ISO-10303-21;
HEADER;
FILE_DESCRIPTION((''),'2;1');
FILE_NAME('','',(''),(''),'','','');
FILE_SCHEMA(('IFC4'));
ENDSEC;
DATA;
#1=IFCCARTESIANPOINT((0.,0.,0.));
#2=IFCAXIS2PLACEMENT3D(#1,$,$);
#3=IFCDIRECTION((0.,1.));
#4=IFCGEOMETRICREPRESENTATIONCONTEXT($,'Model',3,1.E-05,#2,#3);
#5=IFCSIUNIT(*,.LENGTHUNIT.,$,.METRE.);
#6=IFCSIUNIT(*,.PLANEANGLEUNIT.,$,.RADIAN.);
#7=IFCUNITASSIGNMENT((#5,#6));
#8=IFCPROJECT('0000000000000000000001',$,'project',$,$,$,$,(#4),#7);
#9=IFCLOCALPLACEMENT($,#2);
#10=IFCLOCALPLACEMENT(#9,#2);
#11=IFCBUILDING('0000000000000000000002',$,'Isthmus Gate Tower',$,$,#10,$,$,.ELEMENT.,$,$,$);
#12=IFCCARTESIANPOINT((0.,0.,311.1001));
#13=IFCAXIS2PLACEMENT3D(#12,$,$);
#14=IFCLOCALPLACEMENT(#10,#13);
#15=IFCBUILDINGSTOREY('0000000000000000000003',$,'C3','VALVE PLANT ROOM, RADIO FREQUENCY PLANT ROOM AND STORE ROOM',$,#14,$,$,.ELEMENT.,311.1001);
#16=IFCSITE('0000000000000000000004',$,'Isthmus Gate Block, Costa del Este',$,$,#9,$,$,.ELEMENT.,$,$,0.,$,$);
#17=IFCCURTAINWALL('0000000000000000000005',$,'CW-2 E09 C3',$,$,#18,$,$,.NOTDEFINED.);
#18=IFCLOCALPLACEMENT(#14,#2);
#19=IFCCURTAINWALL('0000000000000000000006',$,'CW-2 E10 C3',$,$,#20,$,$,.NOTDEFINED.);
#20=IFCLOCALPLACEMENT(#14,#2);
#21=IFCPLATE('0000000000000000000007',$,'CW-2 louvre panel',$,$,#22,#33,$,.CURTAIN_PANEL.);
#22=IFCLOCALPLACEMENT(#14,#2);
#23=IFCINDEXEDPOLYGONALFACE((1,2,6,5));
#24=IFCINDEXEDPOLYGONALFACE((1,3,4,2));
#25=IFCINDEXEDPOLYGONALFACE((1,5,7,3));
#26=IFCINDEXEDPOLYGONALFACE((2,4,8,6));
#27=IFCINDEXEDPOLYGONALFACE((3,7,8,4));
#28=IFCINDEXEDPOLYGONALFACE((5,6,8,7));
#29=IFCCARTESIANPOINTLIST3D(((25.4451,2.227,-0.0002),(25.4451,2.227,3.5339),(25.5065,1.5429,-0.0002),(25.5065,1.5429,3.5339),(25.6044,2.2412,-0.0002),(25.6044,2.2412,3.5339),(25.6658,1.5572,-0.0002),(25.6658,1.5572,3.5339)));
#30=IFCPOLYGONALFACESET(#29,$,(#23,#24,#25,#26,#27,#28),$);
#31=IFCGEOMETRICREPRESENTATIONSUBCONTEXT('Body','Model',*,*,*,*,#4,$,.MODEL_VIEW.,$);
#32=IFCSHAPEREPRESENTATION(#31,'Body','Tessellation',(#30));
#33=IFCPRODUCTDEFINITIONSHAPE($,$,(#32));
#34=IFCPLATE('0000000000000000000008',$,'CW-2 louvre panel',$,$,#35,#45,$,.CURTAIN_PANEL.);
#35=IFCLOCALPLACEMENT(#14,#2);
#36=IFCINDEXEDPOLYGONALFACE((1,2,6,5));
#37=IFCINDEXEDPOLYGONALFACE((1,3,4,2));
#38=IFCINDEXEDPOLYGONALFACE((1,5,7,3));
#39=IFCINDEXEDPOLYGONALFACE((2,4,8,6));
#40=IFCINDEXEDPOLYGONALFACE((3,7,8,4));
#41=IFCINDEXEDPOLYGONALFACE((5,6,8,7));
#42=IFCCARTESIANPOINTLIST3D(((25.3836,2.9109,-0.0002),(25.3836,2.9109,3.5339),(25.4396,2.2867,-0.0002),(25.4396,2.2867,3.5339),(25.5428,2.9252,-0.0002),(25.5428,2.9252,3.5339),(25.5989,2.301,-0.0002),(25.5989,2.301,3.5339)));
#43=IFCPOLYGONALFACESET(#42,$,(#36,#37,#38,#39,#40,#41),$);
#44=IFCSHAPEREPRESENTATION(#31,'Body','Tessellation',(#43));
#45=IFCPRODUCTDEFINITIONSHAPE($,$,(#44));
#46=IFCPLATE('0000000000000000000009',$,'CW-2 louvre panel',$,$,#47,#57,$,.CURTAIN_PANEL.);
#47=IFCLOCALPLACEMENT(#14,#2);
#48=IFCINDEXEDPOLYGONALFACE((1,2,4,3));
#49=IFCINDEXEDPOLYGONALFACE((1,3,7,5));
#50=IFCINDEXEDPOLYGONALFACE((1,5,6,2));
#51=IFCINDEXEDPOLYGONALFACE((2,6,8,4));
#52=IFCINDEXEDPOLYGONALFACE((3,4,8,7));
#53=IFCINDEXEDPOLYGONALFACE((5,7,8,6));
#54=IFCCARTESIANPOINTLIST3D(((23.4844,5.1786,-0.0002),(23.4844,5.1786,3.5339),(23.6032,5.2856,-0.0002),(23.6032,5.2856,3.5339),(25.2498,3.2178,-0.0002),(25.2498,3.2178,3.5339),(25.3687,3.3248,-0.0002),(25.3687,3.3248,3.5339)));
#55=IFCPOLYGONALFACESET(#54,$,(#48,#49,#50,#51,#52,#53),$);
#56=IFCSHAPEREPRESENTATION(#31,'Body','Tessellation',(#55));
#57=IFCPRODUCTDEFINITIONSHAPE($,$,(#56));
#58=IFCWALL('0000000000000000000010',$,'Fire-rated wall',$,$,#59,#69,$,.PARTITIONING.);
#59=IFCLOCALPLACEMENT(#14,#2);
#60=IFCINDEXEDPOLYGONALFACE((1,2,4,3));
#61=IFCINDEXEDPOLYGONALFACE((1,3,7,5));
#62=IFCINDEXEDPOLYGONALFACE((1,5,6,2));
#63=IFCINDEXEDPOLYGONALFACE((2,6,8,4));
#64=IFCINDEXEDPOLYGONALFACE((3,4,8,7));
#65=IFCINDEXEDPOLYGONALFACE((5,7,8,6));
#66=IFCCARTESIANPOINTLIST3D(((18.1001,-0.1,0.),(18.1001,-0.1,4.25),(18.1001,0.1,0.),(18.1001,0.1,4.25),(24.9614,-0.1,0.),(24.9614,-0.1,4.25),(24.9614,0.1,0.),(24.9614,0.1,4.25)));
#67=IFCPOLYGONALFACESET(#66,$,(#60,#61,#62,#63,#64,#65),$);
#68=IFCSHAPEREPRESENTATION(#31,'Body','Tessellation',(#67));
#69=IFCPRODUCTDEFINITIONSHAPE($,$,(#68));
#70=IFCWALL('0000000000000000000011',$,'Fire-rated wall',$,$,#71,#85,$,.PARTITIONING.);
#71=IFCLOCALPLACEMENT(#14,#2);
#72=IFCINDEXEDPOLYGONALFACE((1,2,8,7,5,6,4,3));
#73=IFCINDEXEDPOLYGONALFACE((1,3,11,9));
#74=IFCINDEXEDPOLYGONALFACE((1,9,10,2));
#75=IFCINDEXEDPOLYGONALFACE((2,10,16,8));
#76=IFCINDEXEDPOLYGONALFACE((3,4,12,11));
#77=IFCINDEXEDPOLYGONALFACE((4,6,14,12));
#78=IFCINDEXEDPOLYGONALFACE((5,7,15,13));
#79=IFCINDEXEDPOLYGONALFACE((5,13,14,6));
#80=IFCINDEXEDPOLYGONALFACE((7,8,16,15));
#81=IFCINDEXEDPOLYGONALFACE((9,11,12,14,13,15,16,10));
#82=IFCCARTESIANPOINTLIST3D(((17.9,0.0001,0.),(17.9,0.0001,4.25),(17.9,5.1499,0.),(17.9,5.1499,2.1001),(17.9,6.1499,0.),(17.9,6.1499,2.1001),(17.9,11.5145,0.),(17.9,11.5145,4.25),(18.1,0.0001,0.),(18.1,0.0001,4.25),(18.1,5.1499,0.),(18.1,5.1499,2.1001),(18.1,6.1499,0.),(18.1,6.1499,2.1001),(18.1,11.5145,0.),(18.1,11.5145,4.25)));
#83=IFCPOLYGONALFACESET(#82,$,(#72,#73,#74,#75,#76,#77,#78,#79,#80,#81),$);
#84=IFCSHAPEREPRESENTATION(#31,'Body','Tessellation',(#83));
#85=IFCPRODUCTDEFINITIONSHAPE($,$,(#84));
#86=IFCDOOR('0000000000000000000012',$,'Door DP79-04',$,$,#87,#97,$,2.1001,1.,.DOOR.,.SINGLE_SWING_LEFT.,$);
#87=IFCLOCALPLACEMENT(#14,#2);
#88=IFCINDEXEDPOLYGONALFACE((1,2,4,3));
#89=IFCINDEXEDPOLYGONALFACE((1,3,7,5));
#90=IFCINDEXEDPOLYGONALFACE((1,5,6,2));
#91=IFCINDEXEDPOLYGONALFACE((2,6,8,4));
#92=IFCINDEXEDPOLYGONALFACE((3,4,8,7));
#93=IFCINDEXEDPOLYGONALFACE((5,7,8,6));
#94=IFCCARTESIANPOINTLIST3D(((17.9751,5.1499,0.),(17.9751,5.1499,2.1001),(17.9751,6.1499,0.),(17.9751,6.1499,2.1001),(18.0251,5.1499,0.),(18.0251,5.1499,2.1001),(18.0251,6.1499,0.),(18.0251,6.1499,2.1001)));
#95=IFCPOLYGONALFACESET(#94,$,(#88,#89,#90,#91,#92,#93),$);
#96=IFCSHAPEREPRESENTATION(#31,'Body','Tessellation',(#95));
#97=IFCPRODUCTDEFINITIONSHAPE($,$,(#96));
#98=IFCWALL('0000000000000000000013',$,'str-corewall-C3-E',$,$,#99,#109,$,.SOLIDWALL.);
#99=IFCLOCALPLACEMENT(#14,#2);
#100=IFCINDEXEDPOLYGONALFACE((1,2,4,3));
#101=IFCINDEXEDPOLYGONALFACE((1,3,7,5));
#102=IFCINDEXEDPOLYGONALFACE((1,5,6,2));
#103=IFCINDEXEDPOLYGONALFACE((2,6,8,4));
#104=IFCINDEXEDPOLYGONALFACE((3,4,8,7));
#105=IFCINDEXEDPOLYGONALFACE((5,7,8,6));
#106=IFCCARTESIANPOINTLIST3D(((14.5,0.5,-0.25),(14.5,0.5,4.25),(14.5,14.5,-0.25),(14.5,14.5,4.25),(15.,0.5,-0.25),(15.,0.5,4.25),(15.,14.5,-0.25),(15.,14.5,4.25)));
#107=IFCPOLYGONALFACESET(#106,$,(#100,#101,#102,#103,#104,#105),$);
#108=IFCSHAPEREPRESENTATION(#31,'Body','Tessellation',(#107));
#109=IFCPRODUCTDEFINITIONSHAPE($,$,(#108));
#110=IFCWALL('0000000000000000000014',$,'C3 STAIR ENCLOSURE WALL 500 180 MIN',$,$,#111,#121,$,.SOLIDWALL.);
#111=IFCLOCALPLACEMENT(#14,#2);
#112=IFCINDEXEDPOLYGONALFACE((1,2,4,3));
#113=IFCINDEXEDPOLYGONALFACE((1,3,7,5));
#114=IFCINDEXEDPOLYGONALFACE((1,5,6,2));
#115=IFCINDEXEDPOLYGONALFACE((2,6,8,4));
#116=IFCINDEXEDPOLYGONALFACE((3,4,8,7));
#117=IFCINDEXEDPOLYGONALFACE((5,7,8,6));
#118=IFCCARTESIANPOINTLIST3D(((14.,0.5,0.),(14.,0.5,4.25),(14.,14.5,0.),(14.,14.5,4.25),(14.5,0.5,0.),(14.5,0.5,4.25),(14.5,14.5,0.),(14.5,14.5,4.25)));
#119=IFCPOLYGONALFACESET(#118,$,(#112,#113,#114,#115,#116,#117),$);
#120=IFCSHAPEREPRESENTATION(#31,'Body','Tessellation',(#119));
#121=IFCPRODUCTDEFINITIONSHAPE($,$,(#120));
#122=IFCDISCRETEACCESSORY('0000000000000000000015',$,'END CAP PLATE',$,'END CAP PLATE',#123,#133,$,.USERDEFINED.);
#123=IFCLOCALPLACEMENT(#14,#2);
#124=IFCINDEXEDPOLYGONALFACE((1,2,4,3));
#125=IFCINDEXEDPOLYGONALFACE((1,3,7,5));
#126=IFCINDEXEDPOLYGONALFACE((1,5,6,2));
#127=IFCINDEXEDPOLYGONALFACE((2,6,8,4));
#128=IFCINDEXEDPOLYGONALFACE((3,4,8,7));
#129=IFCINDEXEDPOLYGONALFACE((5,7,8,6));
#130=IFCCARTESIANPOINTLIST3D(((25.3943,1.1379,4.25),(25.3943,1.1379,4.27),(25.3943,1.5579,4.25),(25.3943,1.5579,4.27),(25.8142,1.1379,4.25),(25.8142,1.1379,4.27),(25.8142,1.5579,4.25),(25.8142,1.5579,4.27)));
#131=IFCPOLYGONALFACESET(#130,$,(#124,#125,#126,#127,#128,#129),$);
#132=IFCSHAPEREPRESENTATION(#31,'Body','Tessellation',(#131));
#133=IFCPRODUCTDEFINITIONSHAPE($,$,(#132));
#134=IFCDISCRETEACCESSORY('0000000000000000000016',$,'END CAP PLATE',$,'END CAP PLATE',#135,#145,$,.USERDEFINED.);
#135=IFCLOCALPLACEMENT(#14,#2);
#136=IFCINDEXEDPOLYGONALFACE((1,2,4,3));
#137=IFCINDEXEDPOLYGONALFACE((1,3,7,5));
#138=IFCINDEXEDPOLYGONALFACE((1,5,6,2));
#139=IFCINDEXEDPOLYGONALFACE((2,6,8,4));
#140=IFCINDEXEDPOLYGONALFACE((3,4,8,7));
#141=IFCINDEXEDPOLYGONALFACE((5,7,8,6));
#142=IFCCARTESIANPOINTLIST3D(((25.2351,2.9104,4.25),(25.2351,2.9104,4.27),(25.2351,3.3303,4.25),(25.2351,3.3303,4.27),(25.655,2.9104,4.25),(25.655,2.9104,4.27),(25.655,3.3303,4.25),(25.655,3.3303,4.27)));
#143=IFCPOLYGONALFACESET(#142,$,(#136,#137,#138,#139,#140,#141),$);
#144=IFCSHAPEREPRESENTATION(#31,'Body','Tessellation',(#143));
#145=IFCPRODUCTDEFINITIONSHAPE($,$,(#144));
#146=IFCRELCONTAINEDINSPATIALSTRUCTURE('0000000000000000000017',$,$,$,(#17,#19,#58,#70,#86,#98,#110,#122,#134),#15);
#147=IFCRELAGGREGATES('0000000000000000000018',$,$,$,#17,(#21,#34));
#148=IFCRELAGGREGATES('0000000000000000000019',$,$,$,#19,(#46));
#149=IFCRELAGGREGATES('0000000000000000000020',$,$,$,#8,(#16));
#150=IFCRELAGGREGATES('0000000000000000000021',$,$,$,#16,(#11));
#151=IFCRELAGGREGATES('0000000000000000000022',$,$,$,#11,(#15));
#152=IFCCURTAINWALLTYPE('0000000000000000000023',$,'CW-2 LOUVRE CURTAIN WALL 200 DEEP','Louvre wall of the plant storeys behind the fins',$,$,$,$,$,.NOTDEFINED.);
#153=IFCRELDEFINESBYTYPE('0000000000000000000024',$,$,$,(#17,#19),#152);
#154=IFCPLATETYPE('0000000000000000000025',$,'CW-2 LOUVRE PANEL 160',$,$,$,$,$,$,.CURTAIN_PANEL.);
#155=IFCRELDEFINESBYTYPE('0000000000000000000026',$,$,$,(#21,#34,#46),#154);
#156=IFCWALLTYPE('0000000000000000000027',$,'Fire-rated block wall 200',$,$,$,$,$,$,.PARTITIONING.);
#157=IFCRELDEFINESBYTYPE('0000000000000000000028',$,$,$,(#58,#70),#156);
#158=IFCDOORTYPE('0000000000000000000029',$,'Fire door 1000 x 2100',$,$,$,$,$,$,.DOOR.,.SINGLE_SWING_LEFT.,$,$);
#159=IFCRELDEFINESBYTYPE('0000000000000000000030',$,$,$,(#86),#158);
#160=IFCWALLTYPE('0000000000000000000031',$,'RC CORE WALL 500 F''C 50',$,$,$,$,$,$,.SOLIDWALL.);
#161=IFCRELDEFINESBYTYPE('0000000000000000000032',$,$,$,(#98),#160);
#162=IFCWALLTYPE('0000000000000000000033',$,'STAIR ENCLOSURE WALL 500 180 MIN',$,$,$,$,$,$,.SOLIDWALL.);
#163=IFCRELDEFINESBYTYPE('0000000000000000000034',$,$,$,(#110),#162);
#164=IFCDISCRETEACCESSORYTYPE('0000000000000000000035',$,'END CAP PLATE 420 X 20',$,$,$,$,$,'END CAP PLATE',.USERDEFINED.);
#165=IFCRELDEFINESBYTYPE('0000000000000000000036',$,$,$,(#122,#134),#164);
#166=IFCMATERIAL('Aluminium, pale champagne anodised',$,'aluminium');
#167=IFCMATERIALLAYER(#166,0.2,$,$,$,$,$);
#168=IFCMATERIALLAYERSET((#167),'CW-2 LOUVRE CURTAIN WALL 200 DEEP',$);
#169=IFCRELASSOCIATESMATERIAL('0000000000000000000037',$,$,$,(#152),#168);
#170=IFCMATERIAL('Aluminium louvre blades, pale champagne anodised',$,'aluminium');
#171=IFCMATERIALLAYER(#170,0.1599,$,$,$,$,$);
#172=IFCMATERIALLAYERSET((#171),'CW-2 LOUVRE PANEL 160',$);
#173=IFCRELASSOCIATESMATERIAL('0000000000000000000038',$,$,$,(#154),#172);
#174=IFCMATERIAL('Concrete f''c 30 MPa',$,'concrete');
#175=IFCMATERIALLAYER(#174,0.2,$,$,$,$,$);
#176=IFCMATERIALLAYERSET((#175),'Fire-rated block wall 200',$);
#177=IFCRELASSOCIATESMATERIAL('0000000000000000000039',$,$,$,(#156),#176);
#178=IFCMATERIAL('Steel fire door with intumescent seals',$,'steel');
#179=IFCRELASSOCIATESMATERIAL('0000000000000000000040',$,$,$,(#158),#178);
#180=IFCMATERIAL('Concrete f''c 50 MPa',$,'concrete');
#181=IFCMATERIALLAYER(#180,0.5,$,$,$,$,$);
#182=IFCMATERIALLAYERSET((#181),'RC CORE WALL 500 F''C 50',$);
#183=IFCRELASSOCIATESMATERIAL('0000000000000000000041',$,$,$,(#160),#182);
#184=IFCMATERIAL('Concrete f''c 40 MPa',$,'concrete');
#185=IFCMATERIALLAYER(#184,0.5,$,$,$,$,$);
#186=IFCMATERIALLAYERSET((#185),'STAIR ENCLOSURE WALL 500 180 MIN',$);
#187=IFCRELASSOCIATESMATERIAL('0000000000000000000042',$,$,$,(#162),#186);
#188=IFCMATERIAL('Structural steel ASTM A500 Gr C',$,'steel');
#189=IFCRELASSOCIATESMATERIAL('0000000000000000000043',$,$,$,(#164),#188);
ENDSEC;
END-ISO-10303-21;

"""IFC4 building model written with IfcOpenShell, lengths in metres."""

from ifc_helpers import new_model, si_unit, direction, frame, frame_2d, origin, origin_2d, place, context, subcontext, project, spatial, rectangle, extrude, material, layer, layer_set, type_object, element, fill, aggregate, save


model = new_model("IFC4")

# Units and contexts
model_context = context("Model", 3, precision=1e-05, world=origin(), true_north=direction((0.0, 1.0)))
body_context = subcontext(model_context, "Body", "Model", "MODEL_VIEW")
ifc_project = project(units=[si_unit("LENGTHUNIT", "METRE"), si_unit("PLANEANGLEUNIT", "RADIAN")], contexts=[model_context])

# Site, building, storey
site_placement = place(None, origin())
site = spatial("IfcSite", under=ifc_project, at=site_placement, Name="Isthmus Gate Block, Costa del Este", CompositionType="ELEMENT", RefElevation=0.0)
building_placement = place(site_placement, origin())
building = spatial("IfcBuilding", under=site, at=building_placement, Name="Isthmus Gate Tower", CompositionType="ELEMENT")
storey_placement = place(building_placement, frame((0.0, 0.0, 311.1001)))
storey = spatial("IfcBuildingStorey", under=building, at=storey_placement, Name="C3", Description="VALVE PLANT ROOM, RADIO FREQUENCY PLANT ROOM AND STORE ROOM", CompositionType="ELEMENT", Elevation=311.1001)

# Curtain walls
ifc_material_1 = material(Name="Aluminium, pale champagne anodised", Category="aluminium")
ifc_layer_1 = layer(ifc_material_1, 0.2)
ifc_layer_set_1 = layer_set([ifc_layer_1], Name="CW-2 LOUVRE CURTAIN WALL 200 DEEP")
curtain_wall_type = type_object("IfcCurtainWallType", Name="CW-2 LOUVRE CURTAIN WALL 200 DEEP", Description="Louvre wall of the plant storeys behind the fins", PredefinedType="NOTDEFINED", material=ifc_layer_set_1)
curtain_wall_1_placement = place(storey_placement, origin())
curtain_wall_1 = element("IfcCurtainWall", 1, at=curtain_wall_1_placement, inside=storey, type_object=curtain_wall_type, Name="CW-2 E09 C3", PredefinedType="NOTDEFINED")
curtain_wall_2_placement = place(storey_placement, origin())
curtain_wall_2 = element("IfcCurtainWall", 2, at=curtain_wall_2_placement, inside=storey, type_object=curtain_wall_type, Name="CW-2 E10 C3", PredefinedType="NOTDEFINED")

# Shared definitions
ifc_material_2 = material(Name="Aluminium louvre blades, pale champagne anodised", Category="aluminium")
ifc_layer_2 = layer(ifc_material_2, 0.1599)
ifc_layer_set_2 = layer_set([ifc_layer_2], Name="CW-2 LOUVRE PANEL 160")
plate_type = type_object("IfcPlateType", Name="CW-2 LOUVRE PANEL 160", PredefinedType="CURTAIN_PANEL", material=ifc_layer_set_2)

# Plates
plate_1_placement = place(storey_placement, frame((25.5554, 1.8921, -0.0002), z_axis=(0.0, 0.0, 1.0), x_axis=(-0.089397, 0.995996, 0.0)))
plate_1 = element("IfcPlate", 3, at=plate_1_placement, type_object=plate_type, Name="CW-2 louvre panel", PredefinedType="CURTAIN_PANEL", context=body_context, shape_type="SweptSolid", body=[
    extrude(rectangle(XDim=0.6868, YDim=0.1599, at=origin_2d()), origin(), (0.0, 0.0, 1.0), 3.5342),
])
plate_2_placement = place(storey_placement, frame((25.4912, 2.606, -0.0002), z_axis=(0.0, 0.0, 1.0), x_axis=(-0.089397, 0.995996, 0.0)))
plate_2 = element("IfcPlate", 4, at=plate_2_placement, type_object=plate_type, Name="CW-2 louvre panel", PredefinedType="CURTAIN_PANEL", context=body_context, shape_type="SweptSolid", body=[
    extrude(rectangle(XDim=0.6267, YDim=0.1599, at=origin_2d()), origin(), (0.0, 0.0, 1.0), 3.5342),
])
aggregate(curtain_wall_1, [plate_1, plate_2])
plate_3_placement = place(storey_placement, frame((24.4265, 4.2517, -0.0002), z_axis=(0.0, 0.0, 1.0), x_axis=(-0.669131, 0.743145, 0.0)))
plate_3 = element("IfcPlate", 5, at=plate_3_placement, type_object=plate_type, Name="CW-2 louvre panel", PredefinedType="CURTAIN_PANEL", context=body_context, shape_type="SweptSolid", body=[
    extrude(rectangle(XDim=2.6384, YDim=0.1599, at=origin_2d()), origin(), (0.0, 0.0, 1.0), 3.5342),
])
aggregate(curtain_wall_2, [plate_3])

# Wall
ifc_material_3 = material(Name="Concrete f'c 30 MPa", Category="concrete")
ifc_layer_3 = layer(ifc_material_3, 0.2)
ifc_layer_set_3 = layer_set([ifc_layer_3], Name="Fire-rated block wall 200")
wall_type_1 = type_object("IfcWallType", Name="Fire-rated block wall 200", PredefinedType="PARTITIONING", material=ifc_layer_set_3)
wall_1_placement = place(storey_placement, frame((18.1001, 0.0, 0.0), z_axis=(0.0, 0.0, 1.0), x_axis=(1.0, 0.0, 0.0)))
element("IfcWall", 6, at=wall_1_placement, inside=storey, type_object=wall_type_1, Name="Fire-rated wall", PredefinedType="PARTITIONING", context=body_context, shape_type="SweptSolid", body=[
    extrude(rectangle(XDim=6.8613, YDim=0.2, at=frame_2d((3.4307, 0.0))), origin(), (0.0, 0.0, 1.0), 4.25),
])

# Wall, opening, door
wall_2_placement = place(storey_placement, frame((18.0, 0.0, 0.0), z_axis=(0.0, 0.0, 1.0), x_axis=(0.0, 1.0, 0.0)))
wall_2 = element("IfcWall", 7, at=wall_2_placement, inside=storey, type_object=wall_type_1, Name="Fire-rated wall", PredefinedType="PARTITIONING", context=body_context, shape_type="SweptSolid", body=[
    extrude(rectangle(XDim=11.5144, YDim=0.2, at=frame_2d((5.7573, 0.0))), origin(), (0.0, 0.0, 1.0), 4.25),
])
opening_placement = place(wall_2_placement, frame((5.1499, 0.0, 0.0)))
opening = element("IfcOpeningElement", 8, at=opening_placement, cuts=wall_2, PredefinedType="OPENING", context=body_context, shape_type="SweptSolid", body=[
    extrude(rectangle(XDim=1.0, YDim=2.1001, at=frame_2d((0.5, 1.05))), frame((0.0, 0.1099, 0.0), z_axis=(0.0, -1.0, 0.0), x_axis=(1.0, 0.0, 0.0)), (0.0, 0.0, 1.0), 0.22),
])
ifc_material_4 = material(Name="Steel fire door with intumescent seals", Category="steel")
door_type = type_object("IfcDoorType", Name="Fire door 1000 x 2100", OperationType="SINGLE_SWING_LEFT", PredefinedType="DOOR", material=ifc_material_4)
door_placement = place(opening_placement, origin())
door = element("IfcDoor", 9, at=door_placement, inside=storey, type_object=door_type, Name="Door DP79-04", OperationType="SINGLE_SWING_LEFT", OverallHeight=2.1001, OverallWidth=1.0, PredefinedType="DOOR", context=body_context, shape_type="SweptSolid", body=[
    extrude(rectangle(XDim=1.0, YDim=2.1001, at=frame_2d((0.5, 1.05))), frame((0.0, 0.0249, 0.0), z_axis=(0.0, -1.0, 0.0), x_axis=(1.0, 0.0, 0.0)), (0.0, 0.0, 1.0), 0.05),
])
fill(opening, door)

# Walls
ifc_material_5 = material(Name="Concrete f'c 50 MPa", Category="concrete")
ifc_layer_4 = layer(ifc_material_5, 0.5)
ifc_layer_set_4 = layer_set([ifc_layer_4], Name="RC CORE WALL 500 F'C 50")
wall_type_2 = type_object("IfcWallType", Name="RC CORE WALL 500 F'C 50", PredefinedType="SOLIDWALL", material=ifc_layer_set_4)
wall_3_placement = place(storey_placement, frame((14.75, 0.5, -0.25), z_axis=(0.0, 0.0, 1.0), x_axis=(0.0, 1.0, 0.0)))
element("IfcWall", 10, at=wall_3_placement, inside=storey, type_object=wall_type_2, Name="str-corewall-C3-E", PredefinedType="SOLIDWALL", context=body_context, shape_type="SweptSolid", body=[
    extrude(rectangle(XDim=14.0, YDim=0.5, at=frame_2d((7.0, 0.0))), origin(), (0.0, 0.0, 1.0), 4.5),
])
ifc_material_6 = material(Name="Concrete f'c 40 MPa", Category="concrete")
ifc_layer_5 = layer(ifc_material_6, 0.5)
ifc_layer_set_5 = layer_set([ifc_layer_5], Name="STAIR ENCLOSURE WALL 500 180 MIN")
wall_type_3 = type_object("IfcWallType", Name="STAIR ENCLOSURE WALL 500 180 MIN", PredefinedType="SOLIDWALL", material=ifc_layer_set_5)
wall_4_placement = place(storey_placement, frame((14.25, 0.5, 0.0), z_axis=(0.0, 0.0, 1.0), x_axis=(0.0, 1.0, 0.0)))
element("IfcWall", 11, at=wall_4_placement, inside=storey, type_object=wall_type_3, Name="C3 STAIR ENCLOSURE WALL 500 180 MIN", PredefinedType="SOLIDWALL", context=body_context, shape_type="SweptSolid", body=[
    extrude(rectangle(XDim=14.0, YDim=0.5, at=frame_2d((7.0, 0.0))), origin(), (0.0, 0.0, 1.0), 4.25),
])

# Discrete accessories
ifc_material_7 = material(Name="Structural steel ASTM A500 Gr C", Category="steel")
discrete_accessory_type = type_object("IfcDiscreteAccessoryType", Name="END CAP PLATE 420 X 20", ElementType="END CAP PLATE", PredefinedType="USERDEFINED", material=ifc_material_7)
for number, where, z_axis, x_axis, name in (
    (12, (25.6042, 1.3479, 4.25), (0.0, 0.0, 1.0), (1.0, 0.0, 0.0), "END CAP PLATE"),
    (13, (25.4451, 3.1204, 4.25), (0.0, 0.0, 1.0), (1.0, 0.0, 0.0), "END CAP PLATE"),
):
    element("IfcDiscreteAccessory", number, at=place(storey_placement, frame(where, z_axis=z_axis, x_axis=x_axis)), inside=storey, type_object=discrete_accessory_type, Name=name, ObjectType="END CAP PLATE", PredefinedType="USERDEFINED", context=body_context, shape_type="SweptSolid", body=[
        extrude(rectangle(XDim=0.4199, YDim=0.4199, at=origin_2d()), origin(), (0.0, 0.0, 1.0), 0.02),
    ])

save(model, "model.ifc")
